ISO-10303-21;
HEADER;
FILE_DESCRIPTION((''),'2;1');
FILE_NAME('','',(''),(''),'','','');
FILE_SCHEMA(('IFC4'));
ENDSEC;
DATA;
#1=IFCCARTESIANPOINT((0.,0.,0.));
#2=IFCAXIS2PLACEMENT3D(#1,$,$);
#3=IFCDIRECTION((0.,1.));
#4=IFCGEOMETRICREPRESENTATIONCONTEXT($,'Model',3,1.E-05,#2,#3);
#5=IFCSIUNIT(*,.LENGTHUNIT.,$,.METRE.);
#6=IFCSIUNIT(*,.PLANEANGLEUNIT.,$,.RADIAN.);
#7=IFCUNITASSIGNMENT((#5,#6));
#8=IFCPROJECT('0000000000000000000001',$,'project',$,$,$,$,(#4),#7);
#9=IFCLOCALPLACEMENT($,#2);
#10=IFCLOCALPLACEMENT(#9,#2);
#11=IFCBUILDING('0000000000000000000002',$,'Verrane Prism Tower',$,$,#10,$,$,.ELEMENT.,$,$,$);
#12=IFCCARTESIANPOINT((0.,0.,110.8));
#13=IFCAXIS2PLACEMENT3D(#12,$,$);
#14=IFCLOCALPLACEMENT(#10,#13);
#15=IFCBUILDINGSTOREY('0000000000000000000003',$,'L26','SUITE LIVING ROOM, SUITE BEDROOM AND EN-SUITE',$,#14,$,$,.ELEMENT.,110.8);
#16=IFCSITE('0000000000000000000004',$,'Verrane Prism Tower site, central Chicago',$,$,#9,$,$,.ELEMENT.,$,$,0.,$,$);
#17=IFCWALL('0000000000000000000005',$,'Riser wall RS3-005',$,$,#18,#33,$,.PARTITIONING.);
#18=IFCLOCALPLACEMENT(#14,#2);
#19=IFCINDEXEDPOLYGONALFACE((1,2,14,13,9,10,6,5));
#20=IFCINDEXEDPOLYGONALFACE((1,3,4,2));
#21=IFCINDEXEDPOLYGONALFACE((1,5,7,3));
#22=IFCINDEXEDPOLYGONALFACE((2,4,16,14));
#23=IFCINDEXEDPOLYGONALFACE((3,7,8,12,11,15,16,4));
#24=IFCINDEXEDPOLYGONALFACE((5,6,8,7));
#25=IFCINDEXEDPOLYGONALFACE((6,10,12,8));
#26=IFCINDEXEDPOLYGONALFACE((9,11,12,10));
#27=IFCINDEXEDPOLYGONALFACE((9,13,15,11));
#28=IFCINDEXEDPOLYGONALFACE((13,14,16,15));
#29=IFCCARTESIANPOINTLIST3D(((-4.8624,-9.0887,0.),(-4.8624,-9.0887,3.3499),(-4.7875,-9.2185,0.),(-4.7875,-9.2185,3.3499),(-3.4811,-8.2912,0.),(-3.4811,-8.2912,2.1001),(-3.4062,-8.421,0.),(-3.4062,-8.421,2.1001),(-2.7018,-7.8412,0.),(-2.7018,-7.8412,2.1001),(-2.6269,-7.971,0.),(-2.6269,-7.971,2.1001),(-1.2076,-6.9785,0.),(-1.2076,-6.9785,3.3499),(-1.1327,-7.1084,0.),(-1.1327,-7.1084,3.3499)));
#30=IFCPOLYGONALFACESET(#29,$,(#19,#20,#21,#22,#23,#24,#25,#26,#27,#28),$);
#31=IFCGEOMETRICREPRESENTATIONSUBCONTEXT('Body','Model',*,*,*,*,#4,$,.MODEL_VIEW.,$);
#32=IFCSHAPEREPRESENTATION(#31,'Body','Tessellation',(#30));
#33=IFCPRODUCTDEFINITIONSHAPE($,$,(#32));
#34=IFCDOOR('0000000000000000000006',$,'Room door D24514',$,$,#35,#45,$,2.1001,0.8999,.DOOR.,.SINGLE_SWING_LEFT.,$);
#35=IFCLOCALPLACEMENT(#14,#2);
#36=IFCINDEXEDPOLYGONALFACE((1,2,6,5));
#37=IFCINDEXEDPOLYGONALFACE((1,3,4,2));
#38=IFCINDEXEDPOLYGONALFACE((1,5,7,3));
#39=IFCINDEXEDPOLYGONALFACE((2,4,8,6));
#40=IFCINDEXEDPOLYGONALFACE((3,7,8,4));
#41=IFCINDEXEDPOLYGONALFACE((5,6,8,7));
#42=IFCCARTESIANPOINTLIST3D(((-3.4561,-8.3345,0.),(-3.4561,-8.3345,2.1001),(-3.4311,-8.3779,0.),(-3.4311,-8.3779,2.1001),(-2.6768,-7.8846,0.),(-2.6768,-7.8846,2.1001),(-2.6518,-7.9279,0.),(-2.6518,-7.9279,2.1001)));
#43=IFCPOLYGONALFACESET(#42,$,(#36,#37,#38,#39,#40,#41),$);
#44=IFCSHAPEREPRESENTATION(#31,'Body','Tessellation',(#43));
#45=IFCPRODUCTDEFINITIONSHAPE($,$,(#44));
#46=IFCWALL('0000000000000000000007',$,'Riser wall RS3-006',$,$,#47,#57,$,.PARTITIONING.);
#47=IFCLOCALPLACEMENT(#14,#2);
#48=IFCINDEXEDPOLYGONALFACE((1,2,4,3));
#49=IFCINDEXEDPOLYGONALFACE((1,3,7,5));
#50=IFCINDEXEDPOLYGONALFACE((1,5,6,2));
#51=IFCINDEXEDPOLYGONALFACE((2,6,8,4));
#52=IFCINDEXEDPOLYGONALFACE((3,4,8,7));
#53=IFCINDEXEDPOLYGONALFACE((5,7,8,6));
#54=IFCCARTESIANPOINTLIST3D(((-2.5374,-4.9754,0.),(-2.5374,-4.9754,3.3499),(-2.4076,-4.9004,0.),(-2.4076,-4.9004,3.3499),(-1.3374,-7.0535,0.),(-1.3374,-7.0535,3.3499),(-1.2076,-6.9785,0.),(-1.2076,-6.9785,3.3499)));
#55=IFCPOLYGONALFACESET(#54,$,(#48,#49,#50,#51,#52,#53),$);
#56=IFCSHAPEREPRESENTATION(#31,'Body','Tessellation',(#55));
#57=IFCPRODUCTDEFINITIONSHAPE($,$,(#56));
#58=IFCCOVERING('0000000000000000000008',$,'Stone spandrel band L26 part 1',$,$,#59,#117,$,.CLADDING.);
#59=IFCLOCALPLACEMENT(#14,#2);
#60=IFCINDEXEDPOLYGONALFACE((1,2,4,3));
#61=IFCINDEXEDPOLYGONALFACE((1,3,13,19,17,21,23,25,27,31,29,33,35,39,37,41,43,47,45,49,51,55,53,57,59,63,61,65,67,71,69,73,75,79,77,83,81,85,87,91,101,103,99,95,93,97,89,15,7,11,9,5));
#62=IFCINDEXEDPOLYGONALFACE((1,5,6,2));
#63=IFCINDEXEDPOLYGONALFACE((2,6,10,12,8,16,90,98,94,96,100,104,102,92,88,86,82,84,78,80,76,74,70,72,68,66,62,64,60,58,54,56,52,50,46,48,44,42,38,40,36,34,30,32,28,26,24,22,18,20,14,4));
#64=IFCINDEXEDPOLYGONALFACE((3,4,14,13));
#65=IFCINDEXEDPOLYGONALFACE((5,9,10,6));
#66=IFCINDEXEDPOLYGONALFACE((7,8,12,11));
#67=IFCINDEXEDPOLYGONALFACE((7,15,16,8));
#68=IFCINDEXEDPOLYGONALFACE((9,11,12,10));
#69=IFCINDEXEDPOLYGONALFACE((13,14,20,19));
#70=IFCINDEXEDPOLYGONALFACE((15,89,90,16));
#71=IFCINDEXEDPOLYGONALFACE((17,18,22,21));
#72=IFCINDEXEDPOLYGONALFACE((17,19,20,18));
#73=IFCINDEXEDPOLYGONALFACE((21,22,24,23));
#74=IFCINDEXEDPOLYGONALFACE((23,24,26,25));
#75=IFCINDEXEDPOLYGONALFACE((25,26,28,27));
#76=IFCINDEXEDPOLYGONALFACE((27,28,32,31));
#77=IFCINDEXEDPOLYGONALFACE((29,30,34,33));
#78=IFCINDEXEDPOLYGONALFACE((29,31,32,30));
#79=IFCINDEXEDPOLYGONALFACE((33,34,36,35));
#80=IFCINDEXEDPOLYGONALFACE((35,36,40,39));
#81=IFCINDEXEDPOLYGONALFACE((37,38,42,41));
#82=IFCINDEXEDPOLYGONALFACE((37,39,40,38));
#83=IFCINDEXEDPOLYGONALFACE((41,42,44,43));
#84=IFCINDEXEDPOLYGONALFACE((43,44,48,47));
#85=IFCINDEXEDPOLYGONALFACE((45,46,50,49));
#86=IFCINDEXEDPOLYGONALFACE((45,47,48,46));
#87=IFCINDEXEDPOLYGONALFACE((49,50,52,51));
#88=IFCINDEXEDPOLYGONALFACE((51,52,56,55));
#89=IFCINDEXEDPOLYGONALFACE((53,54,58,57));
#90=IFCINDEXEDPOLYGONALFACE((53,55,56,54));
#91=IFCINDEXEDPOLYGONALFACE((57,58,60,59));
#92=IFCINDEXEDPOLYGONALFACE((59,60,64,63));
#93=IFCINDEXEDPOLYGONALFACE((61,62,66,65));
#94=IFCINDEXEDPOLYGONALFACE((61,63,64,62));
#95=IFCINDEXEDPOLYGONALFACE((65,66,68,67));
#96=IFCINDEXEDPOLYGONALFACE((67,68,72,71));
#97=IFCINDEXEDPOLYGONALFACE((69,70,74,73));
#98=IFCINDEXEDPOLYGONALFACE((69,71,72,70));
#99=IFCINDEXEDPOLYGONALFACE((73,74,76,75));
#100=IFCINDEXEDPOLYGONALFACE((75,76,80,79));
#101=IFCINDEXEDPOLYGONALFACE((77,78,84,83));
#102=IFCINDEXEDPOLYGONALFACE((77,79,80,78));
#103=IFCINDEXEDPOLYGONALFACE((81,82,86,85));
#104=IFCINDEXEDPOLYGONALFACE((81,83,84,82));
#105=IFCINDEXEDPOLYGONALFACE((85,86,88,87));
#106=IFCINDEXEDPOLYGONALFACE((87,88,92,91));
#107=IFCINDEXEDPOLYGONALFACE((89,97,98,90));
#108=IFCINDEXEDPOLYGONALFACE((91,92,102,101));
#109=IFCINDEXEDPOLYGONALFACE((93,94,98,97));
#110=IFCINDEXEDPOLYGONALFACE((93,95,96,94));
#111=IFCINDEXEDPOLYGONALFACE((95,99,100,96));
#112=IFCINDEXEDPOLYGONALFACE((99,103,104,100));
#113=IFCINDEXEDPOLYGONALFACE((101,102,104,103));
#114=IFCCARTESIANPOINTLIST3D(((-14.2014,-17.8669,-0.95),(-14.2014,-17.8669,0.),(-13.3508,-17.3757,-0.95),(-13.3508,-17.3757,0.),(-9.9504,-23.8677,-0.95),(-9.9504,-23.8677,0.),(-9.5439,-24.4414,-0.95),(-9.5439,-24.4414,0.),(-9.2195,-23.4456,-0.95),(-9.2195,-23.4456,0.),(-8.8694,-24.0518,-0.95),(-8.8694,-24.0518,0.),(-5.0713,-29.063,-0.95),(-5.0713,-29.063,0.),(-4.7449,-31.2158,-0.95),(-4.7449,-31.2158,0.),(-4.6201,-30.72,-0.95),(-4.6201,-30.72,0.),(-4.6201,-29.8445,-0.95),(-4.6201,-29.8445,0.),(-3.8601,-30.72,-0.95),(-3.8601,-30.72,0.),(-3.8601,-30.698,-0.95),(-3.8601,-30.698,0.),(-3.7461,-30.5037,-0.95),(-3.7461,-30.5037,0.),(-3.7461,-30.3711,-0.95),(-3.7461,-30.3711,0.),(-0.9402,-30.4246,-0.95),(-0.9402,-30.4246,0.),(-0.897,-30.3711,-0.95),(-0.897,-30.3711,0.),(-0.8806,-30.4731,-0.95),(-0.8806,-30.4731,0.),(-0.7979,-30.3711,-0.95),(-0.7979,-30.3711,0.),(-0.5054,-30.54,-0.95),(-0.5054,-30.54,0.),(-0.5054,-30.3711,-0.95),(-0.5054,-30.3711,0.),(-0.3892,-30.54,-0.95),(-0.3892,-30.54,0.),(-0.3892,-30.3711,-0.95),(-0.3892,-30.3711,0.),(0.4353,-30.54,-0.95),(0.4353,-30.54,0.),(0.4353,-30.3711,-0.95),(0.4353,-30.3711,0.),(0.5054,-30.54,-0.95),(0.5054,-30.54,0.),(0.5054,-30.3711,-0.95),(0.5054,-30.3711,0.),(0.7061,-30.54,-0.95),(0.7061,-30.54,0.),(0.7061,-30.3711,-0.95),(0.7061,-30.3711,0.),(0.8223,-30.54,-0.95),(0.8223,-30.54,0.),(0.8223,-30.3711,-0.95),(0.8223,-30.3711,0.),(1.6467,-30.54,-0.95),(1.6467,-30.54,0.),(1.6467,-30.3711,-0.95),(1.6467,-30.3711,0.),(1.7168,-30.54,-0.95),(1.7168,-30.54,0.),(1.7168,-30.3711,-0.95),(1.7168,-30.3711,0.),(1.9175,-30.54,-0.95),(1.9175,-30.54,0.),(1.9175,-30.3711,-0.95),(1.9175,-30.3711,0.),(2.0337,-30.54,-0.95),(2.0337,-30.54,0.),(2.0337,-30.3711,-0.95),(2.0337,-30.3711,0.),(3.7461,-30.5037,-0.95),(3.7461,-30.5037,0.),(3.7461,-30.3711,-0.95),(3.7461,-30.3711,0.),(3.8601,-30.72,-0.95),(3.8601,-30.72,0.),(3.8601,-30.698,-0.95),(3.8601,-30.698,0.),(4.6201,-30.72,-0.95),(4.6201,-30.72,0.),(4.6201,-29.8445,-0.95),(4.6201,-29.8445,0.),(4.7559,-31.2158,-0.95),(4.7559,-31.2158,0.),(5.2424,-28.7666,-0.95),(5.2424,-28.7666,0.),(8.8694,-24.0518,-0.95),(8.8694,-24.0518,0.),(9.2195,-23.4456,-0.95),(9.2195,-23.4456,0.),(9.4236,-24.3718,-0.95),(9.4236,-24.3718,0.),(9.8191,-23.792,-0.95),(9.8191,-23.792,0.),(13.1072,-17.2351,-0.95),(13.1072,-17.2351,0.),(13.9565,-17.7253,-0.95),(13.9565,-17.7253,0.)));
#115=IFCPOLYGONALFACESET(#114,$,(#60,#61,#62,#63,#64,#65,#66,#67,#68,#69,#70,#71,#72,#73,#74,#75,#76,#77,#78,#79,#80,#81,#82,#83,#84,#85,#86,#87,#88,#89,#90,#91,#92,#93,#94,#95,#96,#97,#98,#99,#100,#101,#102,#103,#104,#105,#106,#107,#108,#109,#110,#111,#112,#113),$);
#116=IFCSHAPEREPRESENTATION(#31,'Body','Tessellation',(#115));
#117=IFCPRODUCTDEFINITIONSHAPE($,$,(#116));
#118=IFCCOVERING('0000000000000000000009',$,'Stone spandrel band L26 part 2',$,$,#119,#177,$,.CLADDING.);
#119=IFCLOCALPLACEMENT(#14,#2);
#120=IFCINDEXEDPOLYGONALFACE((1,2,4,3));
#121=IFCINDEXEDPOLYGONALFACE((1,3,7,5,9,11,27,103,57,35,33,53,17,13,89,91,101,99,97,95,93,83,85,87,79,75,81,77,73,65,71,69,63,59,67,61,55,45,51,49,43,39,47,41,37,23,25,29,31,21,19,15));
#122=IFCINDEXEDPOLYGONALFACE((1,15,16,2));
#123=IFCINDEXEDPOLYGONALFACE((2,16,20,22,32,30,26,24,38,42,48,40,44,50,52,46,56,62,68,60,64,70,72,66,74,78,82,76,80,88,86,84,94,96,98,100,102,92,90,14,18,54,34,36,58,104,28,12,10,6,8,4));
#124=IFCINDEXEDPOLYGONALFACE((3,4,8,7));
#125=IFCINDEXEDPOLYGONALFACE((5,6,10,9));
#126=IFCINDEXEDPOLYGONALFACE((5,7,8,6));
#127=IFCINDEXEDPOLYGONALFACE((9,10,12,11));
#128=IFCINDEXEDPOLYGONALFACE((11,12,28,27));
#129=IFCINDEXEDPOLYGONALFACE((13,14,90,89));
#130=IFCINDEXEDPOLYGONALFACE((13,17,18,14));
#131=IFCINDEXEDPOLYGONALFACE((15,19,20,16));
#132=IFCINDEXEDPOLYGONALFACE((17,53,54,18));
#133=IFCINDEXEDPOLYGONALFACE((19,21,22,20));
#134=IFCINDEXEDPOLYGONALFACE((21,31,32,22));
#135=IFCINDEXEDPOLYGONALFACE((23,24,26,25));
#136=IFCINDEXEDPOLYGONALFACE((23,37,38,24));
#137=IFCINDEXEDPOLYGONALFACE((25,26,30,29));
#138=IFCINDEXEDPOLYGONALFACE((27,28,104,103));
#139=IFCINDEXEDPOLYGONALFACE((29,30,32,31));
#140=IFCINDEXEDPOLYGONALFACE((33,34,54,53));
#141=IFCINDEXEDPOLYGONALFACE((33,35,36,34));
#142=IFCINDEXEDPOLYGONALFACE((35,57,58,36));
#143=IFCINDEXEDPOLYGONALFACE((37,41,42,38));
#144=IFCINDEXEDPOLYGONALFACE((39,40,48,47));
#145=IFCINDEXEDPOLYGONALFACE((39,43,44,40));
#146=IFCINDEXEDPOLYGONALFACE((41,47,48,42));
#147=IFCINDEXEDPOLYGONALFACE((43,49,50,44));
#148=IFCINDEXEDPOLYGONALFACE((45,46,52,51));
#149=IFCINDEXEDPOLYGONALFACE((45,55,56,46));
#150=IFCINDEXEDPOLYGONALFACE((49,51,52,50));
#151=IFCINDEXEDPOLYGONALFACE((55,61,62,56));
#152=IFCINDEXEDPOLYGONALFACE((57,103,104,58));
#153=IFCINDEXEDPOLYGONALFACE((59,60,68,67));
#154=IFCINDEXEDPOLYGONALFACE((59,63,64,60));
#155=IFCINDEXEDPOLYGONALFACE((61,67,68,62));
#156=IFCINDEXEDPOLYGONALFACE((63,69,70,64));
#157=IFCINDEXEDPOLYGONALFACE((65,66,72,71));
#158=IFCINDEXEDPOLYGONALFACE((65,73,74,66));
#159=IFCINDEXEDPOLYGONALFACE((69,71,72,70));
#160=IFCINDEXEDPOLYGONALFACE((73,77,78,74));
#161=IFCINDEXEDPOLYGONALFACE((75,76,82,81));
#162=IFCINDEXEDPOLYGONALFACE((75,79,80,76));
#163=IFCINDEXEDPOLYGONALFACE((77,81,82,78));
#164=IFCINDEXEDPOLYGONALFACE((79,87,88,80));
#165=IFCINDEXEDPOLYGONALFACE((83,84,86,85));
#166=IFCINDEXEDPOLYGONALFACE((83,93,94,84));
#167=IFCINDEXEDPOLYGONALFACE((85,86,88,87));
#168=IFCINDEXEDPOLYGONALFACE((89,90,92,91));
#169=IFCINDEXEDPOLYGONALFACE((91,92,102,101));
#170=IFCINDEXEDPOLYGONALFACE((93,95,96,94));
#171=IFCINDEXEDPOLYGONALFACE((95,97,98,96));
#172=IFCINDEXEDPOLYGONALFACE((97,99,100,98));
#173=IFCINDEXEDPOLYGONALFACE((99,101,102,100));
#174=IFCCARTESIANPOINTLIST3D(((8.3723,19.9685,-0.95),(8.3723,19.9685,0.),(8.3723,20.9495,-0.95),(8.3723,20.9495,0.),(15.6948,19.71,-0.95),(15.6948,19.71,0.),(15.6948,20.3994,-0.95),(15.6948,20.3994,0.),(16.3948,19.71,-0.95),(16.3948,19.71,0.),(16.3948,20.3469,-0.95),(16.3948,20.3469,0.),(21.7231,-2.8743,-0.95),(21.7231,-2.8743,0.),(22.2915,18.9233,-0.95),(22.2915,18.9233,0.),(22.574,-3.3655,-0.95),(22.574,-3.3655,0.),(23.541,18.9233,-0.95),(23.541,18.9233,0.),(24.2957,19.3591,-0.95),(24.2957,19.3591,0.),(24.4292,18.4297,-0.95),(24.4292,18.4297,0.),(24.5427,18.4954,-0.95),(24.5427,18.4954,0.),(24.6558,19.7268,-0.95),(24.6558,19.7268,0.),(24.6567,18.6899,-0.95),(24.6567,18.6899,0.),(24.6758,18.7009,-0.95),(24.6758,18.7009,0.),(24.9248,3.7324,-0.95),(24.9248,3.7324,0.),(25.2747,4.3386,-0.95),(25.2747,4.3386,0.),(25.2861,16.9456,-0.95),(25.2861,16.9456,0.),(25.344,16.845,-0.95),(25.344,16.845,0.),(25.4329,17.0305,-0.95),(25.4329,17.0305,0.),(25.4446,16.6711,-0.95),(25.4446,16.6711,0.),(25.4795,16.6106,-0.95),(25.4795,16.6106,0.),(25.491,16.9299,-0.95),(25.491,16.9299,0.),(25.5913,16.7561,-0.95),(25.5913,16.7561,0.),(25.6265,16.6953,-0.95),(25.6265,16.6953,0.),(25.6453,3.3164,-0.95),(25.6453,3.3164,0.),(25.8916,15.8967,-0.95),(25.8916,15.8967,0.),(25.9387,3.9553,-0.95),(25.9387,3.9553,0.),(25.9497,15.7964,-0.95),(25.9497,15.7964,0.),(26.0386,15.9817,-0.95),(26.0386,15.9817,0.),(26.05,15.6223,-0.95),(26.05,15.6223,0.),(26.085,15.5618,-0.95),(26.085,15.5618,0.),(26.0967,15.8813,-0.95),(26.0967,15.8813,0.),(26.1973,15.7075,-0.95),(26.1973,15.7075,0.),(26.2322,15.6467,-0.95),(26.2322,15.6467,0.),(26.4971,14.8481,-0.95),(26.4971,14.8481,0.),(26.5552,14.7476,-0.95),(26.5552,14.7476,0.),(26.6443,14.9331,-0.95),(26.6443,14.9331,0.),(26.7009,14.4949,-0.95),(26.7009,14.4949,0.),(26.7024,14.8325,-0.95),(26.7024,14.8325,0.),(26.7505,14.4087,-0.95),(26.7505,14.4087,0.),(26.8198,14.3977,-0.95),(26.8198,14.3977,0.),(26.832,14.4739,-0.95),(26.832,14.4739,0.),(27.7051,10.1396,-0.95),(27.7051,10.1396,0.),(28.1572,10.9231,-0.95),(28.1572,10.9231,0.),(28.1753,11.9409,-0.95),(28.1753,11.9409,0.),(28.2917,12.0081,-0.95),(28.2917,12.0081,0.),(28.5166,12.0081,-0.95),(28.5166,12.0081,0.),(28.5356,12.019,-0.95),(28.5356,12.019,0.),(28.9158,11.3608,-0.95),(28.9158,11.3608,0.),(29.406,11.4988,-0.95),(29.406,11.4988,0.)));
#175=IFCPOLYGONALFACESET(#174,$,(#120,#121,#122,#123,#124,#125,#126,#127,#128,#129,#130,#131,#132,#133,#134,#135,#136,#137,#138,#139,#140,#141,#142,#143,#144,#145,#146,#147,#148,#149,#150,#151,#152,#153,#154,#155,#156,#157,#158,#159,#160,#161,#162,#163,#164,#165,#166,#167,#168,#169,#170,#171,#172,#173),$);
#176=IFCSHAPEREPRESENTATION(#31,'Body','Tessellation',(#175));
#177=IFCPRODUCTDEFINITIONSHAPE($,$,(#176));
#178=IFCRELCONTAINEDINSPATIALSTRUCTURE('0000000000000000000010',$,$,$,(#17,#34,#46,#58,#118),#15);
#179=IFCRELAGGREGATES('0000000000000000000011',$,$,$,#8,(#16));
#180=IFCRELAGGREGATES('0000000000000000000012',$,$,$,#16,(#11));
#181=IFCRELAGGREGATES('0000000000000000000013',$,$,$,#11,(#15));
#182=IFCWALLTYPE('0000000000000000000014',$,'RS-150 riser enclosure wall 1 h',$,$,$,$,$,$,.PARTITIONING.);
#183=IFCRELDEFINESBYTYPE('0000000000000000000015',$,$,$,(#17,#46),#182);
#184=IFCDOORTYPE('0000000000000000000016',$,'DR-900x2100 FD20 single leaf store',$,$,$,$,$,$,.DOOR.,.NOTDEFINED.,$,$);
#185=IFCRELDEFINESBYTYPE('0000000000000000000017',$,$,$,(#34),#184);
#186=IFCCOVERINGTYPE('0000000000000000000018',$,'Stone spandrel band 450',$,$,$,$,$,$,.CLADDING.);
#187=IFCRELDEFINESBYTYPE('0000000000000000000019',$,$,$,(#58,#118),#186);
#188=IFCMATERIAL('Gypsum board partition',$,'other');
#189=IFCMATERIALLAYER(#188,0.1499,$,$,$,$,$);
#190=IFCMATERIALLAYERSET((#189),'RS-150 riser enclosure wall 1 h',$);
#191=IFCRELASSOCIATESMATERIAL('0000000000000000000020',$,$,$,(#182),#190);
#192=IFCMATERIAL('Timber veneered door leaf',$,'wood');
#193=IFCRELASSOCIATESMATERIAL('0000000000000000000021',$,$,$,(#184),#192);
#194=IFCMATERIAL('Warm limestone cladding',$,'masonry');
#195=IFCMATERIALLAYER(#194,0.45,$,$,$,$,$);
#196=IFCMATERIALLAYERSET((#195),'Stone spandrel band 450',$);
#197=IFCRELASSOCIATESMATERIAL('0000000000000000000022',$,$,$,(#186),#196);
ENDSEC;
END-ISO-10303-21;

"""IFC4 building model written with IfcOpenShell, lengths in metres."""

from ifc_helpers import new_model, si_unit, direction, frame, frame_2d, origin, place, context, subcontext, project, spatial, polyline, rectangle, outline, extrude, material, layer, layer_set, type_object, element, fill, save


model = new_model("IFC4")

# Units and contexts
model_context = context("Model", 3, precision=1e-05, world=origin(), true_north=direction((0.0, 1.0)))
body_context = subcontext(model_context, "Body", "Model", "MODEL_VIEW")
ifc_project = project(units=[si_unit("LENGTHUNIT", "METRE"), si_unit("PLANEANGLEUNIT", "RADIAN")], contexts=[model_context])

# Site, building, storey
site_placement = place(None, origin())
site = spatial("IfcSite", under=ifc_project, at=site_placement, Name="Verrane Prism Tower site, central Chicago", CompositionType="ELEMENT", RefElevation=0.0)
building_placement = place(site_placement, origin())
building = spatial("IfcBuilding", under=site, at=building_placement, Name="Verrane Prism Tower", CompositionType="ELEMENT")
storey_placement = place(building_placement, frame((0.0, 0.0, 110.8)))
storey = spatial("IfcBuildingStorey", under=building, at=storey_placement, Name="L26", Description="SUITE LIVING ROOM, SUITE BEDROOM AND EN-SUITE", CompositionType="ELEMENT", Elevation=110.8)

# Shared definitions
ifc_material_1 = material(Name="Gypsum board partition", Category="other")
ifc_layer_1 = layer(ifc_material_1, 0.1499)
ifc_layer_set_1 = layer_set([ifc_layer_1], Name="RS-150 riser enclosure wall 1 h")
wall_type_1 = type_object("IfcWallType", Name="RS-150 riser enclosure wall 1 h", PredefinedType="PARTITIONING", material=ifc_layer_set_1)

# Wall, opening, door
wall_1_placement = place(storey_placement, frame((-4.825, -9.1536, 0.0), z_axis=(0.0, 0.0, 1.0), x_axis=(0.866024, 0.500003, 0.0)))
wall_1 = element("IfcWall", 1, at=wall_1_placement, inside=storey, type_object=wall_type_1, Name="Riser wall RS3-005", PredefinedType="PARTITIONING", context=body_context, shape_type="SweptSolid", body=[
    extrude(rectangle(XDim=4.2202, YDim=0.1499, at=frame_2d((2.1101, 0.0))), origin(), (0.0, 0.0, 1.0), 3.3499),
])
opening_1_placement = place(wall_1_placement, frame((1.595, 0.0, 0.0)))
opening_1 = element("IfcOpeningElement", 2, at=opening_1_placement, cuts=wall_1, PredefinedType="OPENING", context=body_context, shape_type="SweptSolid", body=[
    extrude(rectangle(XDim=0.8999, YDim=2.1001, at=frame_2d((0.45, 1.05))), frame((0.0, 0.085, 0.0), z_axis=(0.0, -1.0, 0.0), x_axis=(1.0, 0.0, 0.0)), (0.0, 0.0, 1.0), 0.1699),
])
ifc_material_2 = material(Name="Timber veneered door leaf", Category="wood")
door_type_1 = type_object("IfcDoorType", Name="DR-900x2100 FD20 single leaf store", OperationType="NOTDEFINED", PredefinedType="DOOR", material=ifc_material_2)
door_1_placement = place(opening_1_placement, origin())
door_1 = element("IfcDoor", 3, at=door_1_placement, inside=storey, type_object=door_type_1, Name="Room door D24514", OperationType="SINGLE_SWING_LEFT", OverallHeight=2.1001, OverallWidth=0.8999, PredefinedType="DOOR", context=body_context, shape_type="SweptSolid", body=[
    extrude(rectangle(XDim=0.8999, YDim=2.1001, at=frame_2d((0.45, 1.05))), frame((0.0, 0.0249, 0.0), z_axis=(0.0, -1.0, 0.0), x_axis=(1.0, 0.0, 0.0)), (0.0, 0.0, 1.0), 0.05),
])
fill(opening_1, door_1)

# Wall
wall_2_placement = place(storey_placement, frame((-2.4724, -4.938, 0.0), z_axis=(0.0, 0.0, 1.0), x_axis=(0.500045, -0.865999, 0.0)))
element("IfcWall", 4, at=wall_2_placement, inside=storey, type_object=wall_type_1, Name="Riser wall RS3-006", PredefinedType="PARTITIONING", context=body_context, shape_type="SweptSolid", body=[
    extrude(rectangle(XDim=2.3997, YDim=0.1499, at=frame_2d((1.1997, 0.0))), origin(), (0.0, 0.0, 1.0), 3.3499),
])

# Coverings
ifc_material_3 = material(Name="Warm limestone cladding", Category="masonry")
ifc_layer_2 = layer(ifc_material_3, 0.45)
ifc_layer_set_2 = layer_set([ifc_layer_2], Name="Stone spandrel band 450")
covering_type = type_object("IfcCoveringType", Name="Stone spandrel band 450", PredefinedType="CLADDING", material=ifc_layer_set_2)
covering_1_placement = place(storey_placement, frame((0.0, 0.0, -0.95)))
element("IfcCovering", 5, at=covering_1_placement, inside=storey, type_object=covering_type, Name="Stone spandrel band L26 part 1", PredefinedType="CLADDING", context=body_context, shape_type="SweptSolid", body=[
    extrude(outline(polyline([(4.7559, -31.2158), (9.4236, -24.3718), (8.8694, -24.0518), (9.2195, -23.4456), (9.8191, -23.792), (13.9565, -17.7253), (13.1072, -17.2351), (5.2424, -28.7666), (4.6201, -29.8445), (4.6201, -30.72), (3.8601, -30.72), (3.8601, -30.698), (3.7461, -30.5037), (3.7461, -30.3711), (2.0337, -30.3711), (2.0337, -30.54), (1.9175, -30.54), (1.9175, -30.3711), (1.7168, -30.3711), (1.7168, -30.54), (1.6467, -30.54), (1.6467, -30.3711), (0.8223, -30.3711), (0.8223, -30.54), (0.7061, -30.54), (0.7061, -30.3711), (0.5054, -30.3711), (0.5054, -30.54), (0.4353, -30.54), (0.4353, -30.3711), (-0.3892, -30.3711), (-0.3892, -30.54), (-0.5054, -30.54), (-0.5054, -30.3711), (-0.7979, -30.3711), (-0.8806, -30.4731), (-0.9402, -30.4246), (-0.897, -30.3711), (-3.7461, -30.3711), (-3.7461, -30.5037), (-3.8601, -30.698), (-3.8601, -30.72), (-4.6201, -30.72), (-4.6201, -29.8445), (-5.0713, -29.063), (-13.3508, -17.3757), (-14.2014, -17.8669), (-9.9504, -23.8677), (-9.2195, -23.4456), (-8.8694, -24.0518), (-9.5439, -24.4414), (-4.7449, -31.2158), (4.7559, -31.2158)])), origin(), (0.0, 0.0, 1.0), 0.95),
])
covering_2_placement = place(storey_placement, frame((0.0, 0.0, -0.95)))
element("IfcCovering", 6, at=covering_2_placement, inside=storey, type_object=covering_type, Name="Stone spandrel band L26 part 2", PredefinedType="CLADDING", context=body_context, shape_type="SweptSolid", body=[
    extrude(outline(polyline([(8.3723, 20.9495), (8.3723, 19.9685), (22.2915, 18.9233), (23.541, 18.9233), (24.2957, 19.3591), (24.6758, 18.7009), (24.6567, 18.6899), (24.5427, 18.4954), (24.4292, 18.4297), (25.2861, 16.9456), (25.4329, 17.0305), (25.491, 16.9299), (25.344, 16.845), (25.4446, 16.6711), (25.5913, 16.7561), (25.6265, 16.6953), (25.4795, 16.6106), (25.8916, 15.8967), (26.0386, 15.9817), (26.0967, 15.8813), (25.9497, 15.7964), (26.05, 15.6223), (26.1973, 15.7075), (26.2322, 15.6467), (26.085, 15.5618), (26.4971, 14.8481), (26.6443, 14.9331), (26.7024, 14.8325), (26.5552, 14.7476), (26.7009, 14.4949), (26.832, 14.4739), (26.8198, 14.3977), (26.7505, 14.4087), (28.1753, 11.9409), (28.2917, 12.0081), (28.5166, 12.0081), (28.5356, 12.019), (28.9158, 11.3608), (28.1572, 10.9231), (27.7051, 10.1396), (21.7231, -2.8743), (22.574, -3.3655), (25.6453, 3.3164), (24.9248, 3.7324), (25.2747, 4.3386), (25.9387, 3.9553), (29.406, 11.4988), (24.6558, 19.7268), (16.3948, 20.3469), (16.3948, 19.71), (15.6948, 19.71), (15.6948, 20.3994), (8.3723, 20.9495)])), origin(), (0.0, 0.0, 1.0), 0.95),
])

save(model, "model.ifc")
